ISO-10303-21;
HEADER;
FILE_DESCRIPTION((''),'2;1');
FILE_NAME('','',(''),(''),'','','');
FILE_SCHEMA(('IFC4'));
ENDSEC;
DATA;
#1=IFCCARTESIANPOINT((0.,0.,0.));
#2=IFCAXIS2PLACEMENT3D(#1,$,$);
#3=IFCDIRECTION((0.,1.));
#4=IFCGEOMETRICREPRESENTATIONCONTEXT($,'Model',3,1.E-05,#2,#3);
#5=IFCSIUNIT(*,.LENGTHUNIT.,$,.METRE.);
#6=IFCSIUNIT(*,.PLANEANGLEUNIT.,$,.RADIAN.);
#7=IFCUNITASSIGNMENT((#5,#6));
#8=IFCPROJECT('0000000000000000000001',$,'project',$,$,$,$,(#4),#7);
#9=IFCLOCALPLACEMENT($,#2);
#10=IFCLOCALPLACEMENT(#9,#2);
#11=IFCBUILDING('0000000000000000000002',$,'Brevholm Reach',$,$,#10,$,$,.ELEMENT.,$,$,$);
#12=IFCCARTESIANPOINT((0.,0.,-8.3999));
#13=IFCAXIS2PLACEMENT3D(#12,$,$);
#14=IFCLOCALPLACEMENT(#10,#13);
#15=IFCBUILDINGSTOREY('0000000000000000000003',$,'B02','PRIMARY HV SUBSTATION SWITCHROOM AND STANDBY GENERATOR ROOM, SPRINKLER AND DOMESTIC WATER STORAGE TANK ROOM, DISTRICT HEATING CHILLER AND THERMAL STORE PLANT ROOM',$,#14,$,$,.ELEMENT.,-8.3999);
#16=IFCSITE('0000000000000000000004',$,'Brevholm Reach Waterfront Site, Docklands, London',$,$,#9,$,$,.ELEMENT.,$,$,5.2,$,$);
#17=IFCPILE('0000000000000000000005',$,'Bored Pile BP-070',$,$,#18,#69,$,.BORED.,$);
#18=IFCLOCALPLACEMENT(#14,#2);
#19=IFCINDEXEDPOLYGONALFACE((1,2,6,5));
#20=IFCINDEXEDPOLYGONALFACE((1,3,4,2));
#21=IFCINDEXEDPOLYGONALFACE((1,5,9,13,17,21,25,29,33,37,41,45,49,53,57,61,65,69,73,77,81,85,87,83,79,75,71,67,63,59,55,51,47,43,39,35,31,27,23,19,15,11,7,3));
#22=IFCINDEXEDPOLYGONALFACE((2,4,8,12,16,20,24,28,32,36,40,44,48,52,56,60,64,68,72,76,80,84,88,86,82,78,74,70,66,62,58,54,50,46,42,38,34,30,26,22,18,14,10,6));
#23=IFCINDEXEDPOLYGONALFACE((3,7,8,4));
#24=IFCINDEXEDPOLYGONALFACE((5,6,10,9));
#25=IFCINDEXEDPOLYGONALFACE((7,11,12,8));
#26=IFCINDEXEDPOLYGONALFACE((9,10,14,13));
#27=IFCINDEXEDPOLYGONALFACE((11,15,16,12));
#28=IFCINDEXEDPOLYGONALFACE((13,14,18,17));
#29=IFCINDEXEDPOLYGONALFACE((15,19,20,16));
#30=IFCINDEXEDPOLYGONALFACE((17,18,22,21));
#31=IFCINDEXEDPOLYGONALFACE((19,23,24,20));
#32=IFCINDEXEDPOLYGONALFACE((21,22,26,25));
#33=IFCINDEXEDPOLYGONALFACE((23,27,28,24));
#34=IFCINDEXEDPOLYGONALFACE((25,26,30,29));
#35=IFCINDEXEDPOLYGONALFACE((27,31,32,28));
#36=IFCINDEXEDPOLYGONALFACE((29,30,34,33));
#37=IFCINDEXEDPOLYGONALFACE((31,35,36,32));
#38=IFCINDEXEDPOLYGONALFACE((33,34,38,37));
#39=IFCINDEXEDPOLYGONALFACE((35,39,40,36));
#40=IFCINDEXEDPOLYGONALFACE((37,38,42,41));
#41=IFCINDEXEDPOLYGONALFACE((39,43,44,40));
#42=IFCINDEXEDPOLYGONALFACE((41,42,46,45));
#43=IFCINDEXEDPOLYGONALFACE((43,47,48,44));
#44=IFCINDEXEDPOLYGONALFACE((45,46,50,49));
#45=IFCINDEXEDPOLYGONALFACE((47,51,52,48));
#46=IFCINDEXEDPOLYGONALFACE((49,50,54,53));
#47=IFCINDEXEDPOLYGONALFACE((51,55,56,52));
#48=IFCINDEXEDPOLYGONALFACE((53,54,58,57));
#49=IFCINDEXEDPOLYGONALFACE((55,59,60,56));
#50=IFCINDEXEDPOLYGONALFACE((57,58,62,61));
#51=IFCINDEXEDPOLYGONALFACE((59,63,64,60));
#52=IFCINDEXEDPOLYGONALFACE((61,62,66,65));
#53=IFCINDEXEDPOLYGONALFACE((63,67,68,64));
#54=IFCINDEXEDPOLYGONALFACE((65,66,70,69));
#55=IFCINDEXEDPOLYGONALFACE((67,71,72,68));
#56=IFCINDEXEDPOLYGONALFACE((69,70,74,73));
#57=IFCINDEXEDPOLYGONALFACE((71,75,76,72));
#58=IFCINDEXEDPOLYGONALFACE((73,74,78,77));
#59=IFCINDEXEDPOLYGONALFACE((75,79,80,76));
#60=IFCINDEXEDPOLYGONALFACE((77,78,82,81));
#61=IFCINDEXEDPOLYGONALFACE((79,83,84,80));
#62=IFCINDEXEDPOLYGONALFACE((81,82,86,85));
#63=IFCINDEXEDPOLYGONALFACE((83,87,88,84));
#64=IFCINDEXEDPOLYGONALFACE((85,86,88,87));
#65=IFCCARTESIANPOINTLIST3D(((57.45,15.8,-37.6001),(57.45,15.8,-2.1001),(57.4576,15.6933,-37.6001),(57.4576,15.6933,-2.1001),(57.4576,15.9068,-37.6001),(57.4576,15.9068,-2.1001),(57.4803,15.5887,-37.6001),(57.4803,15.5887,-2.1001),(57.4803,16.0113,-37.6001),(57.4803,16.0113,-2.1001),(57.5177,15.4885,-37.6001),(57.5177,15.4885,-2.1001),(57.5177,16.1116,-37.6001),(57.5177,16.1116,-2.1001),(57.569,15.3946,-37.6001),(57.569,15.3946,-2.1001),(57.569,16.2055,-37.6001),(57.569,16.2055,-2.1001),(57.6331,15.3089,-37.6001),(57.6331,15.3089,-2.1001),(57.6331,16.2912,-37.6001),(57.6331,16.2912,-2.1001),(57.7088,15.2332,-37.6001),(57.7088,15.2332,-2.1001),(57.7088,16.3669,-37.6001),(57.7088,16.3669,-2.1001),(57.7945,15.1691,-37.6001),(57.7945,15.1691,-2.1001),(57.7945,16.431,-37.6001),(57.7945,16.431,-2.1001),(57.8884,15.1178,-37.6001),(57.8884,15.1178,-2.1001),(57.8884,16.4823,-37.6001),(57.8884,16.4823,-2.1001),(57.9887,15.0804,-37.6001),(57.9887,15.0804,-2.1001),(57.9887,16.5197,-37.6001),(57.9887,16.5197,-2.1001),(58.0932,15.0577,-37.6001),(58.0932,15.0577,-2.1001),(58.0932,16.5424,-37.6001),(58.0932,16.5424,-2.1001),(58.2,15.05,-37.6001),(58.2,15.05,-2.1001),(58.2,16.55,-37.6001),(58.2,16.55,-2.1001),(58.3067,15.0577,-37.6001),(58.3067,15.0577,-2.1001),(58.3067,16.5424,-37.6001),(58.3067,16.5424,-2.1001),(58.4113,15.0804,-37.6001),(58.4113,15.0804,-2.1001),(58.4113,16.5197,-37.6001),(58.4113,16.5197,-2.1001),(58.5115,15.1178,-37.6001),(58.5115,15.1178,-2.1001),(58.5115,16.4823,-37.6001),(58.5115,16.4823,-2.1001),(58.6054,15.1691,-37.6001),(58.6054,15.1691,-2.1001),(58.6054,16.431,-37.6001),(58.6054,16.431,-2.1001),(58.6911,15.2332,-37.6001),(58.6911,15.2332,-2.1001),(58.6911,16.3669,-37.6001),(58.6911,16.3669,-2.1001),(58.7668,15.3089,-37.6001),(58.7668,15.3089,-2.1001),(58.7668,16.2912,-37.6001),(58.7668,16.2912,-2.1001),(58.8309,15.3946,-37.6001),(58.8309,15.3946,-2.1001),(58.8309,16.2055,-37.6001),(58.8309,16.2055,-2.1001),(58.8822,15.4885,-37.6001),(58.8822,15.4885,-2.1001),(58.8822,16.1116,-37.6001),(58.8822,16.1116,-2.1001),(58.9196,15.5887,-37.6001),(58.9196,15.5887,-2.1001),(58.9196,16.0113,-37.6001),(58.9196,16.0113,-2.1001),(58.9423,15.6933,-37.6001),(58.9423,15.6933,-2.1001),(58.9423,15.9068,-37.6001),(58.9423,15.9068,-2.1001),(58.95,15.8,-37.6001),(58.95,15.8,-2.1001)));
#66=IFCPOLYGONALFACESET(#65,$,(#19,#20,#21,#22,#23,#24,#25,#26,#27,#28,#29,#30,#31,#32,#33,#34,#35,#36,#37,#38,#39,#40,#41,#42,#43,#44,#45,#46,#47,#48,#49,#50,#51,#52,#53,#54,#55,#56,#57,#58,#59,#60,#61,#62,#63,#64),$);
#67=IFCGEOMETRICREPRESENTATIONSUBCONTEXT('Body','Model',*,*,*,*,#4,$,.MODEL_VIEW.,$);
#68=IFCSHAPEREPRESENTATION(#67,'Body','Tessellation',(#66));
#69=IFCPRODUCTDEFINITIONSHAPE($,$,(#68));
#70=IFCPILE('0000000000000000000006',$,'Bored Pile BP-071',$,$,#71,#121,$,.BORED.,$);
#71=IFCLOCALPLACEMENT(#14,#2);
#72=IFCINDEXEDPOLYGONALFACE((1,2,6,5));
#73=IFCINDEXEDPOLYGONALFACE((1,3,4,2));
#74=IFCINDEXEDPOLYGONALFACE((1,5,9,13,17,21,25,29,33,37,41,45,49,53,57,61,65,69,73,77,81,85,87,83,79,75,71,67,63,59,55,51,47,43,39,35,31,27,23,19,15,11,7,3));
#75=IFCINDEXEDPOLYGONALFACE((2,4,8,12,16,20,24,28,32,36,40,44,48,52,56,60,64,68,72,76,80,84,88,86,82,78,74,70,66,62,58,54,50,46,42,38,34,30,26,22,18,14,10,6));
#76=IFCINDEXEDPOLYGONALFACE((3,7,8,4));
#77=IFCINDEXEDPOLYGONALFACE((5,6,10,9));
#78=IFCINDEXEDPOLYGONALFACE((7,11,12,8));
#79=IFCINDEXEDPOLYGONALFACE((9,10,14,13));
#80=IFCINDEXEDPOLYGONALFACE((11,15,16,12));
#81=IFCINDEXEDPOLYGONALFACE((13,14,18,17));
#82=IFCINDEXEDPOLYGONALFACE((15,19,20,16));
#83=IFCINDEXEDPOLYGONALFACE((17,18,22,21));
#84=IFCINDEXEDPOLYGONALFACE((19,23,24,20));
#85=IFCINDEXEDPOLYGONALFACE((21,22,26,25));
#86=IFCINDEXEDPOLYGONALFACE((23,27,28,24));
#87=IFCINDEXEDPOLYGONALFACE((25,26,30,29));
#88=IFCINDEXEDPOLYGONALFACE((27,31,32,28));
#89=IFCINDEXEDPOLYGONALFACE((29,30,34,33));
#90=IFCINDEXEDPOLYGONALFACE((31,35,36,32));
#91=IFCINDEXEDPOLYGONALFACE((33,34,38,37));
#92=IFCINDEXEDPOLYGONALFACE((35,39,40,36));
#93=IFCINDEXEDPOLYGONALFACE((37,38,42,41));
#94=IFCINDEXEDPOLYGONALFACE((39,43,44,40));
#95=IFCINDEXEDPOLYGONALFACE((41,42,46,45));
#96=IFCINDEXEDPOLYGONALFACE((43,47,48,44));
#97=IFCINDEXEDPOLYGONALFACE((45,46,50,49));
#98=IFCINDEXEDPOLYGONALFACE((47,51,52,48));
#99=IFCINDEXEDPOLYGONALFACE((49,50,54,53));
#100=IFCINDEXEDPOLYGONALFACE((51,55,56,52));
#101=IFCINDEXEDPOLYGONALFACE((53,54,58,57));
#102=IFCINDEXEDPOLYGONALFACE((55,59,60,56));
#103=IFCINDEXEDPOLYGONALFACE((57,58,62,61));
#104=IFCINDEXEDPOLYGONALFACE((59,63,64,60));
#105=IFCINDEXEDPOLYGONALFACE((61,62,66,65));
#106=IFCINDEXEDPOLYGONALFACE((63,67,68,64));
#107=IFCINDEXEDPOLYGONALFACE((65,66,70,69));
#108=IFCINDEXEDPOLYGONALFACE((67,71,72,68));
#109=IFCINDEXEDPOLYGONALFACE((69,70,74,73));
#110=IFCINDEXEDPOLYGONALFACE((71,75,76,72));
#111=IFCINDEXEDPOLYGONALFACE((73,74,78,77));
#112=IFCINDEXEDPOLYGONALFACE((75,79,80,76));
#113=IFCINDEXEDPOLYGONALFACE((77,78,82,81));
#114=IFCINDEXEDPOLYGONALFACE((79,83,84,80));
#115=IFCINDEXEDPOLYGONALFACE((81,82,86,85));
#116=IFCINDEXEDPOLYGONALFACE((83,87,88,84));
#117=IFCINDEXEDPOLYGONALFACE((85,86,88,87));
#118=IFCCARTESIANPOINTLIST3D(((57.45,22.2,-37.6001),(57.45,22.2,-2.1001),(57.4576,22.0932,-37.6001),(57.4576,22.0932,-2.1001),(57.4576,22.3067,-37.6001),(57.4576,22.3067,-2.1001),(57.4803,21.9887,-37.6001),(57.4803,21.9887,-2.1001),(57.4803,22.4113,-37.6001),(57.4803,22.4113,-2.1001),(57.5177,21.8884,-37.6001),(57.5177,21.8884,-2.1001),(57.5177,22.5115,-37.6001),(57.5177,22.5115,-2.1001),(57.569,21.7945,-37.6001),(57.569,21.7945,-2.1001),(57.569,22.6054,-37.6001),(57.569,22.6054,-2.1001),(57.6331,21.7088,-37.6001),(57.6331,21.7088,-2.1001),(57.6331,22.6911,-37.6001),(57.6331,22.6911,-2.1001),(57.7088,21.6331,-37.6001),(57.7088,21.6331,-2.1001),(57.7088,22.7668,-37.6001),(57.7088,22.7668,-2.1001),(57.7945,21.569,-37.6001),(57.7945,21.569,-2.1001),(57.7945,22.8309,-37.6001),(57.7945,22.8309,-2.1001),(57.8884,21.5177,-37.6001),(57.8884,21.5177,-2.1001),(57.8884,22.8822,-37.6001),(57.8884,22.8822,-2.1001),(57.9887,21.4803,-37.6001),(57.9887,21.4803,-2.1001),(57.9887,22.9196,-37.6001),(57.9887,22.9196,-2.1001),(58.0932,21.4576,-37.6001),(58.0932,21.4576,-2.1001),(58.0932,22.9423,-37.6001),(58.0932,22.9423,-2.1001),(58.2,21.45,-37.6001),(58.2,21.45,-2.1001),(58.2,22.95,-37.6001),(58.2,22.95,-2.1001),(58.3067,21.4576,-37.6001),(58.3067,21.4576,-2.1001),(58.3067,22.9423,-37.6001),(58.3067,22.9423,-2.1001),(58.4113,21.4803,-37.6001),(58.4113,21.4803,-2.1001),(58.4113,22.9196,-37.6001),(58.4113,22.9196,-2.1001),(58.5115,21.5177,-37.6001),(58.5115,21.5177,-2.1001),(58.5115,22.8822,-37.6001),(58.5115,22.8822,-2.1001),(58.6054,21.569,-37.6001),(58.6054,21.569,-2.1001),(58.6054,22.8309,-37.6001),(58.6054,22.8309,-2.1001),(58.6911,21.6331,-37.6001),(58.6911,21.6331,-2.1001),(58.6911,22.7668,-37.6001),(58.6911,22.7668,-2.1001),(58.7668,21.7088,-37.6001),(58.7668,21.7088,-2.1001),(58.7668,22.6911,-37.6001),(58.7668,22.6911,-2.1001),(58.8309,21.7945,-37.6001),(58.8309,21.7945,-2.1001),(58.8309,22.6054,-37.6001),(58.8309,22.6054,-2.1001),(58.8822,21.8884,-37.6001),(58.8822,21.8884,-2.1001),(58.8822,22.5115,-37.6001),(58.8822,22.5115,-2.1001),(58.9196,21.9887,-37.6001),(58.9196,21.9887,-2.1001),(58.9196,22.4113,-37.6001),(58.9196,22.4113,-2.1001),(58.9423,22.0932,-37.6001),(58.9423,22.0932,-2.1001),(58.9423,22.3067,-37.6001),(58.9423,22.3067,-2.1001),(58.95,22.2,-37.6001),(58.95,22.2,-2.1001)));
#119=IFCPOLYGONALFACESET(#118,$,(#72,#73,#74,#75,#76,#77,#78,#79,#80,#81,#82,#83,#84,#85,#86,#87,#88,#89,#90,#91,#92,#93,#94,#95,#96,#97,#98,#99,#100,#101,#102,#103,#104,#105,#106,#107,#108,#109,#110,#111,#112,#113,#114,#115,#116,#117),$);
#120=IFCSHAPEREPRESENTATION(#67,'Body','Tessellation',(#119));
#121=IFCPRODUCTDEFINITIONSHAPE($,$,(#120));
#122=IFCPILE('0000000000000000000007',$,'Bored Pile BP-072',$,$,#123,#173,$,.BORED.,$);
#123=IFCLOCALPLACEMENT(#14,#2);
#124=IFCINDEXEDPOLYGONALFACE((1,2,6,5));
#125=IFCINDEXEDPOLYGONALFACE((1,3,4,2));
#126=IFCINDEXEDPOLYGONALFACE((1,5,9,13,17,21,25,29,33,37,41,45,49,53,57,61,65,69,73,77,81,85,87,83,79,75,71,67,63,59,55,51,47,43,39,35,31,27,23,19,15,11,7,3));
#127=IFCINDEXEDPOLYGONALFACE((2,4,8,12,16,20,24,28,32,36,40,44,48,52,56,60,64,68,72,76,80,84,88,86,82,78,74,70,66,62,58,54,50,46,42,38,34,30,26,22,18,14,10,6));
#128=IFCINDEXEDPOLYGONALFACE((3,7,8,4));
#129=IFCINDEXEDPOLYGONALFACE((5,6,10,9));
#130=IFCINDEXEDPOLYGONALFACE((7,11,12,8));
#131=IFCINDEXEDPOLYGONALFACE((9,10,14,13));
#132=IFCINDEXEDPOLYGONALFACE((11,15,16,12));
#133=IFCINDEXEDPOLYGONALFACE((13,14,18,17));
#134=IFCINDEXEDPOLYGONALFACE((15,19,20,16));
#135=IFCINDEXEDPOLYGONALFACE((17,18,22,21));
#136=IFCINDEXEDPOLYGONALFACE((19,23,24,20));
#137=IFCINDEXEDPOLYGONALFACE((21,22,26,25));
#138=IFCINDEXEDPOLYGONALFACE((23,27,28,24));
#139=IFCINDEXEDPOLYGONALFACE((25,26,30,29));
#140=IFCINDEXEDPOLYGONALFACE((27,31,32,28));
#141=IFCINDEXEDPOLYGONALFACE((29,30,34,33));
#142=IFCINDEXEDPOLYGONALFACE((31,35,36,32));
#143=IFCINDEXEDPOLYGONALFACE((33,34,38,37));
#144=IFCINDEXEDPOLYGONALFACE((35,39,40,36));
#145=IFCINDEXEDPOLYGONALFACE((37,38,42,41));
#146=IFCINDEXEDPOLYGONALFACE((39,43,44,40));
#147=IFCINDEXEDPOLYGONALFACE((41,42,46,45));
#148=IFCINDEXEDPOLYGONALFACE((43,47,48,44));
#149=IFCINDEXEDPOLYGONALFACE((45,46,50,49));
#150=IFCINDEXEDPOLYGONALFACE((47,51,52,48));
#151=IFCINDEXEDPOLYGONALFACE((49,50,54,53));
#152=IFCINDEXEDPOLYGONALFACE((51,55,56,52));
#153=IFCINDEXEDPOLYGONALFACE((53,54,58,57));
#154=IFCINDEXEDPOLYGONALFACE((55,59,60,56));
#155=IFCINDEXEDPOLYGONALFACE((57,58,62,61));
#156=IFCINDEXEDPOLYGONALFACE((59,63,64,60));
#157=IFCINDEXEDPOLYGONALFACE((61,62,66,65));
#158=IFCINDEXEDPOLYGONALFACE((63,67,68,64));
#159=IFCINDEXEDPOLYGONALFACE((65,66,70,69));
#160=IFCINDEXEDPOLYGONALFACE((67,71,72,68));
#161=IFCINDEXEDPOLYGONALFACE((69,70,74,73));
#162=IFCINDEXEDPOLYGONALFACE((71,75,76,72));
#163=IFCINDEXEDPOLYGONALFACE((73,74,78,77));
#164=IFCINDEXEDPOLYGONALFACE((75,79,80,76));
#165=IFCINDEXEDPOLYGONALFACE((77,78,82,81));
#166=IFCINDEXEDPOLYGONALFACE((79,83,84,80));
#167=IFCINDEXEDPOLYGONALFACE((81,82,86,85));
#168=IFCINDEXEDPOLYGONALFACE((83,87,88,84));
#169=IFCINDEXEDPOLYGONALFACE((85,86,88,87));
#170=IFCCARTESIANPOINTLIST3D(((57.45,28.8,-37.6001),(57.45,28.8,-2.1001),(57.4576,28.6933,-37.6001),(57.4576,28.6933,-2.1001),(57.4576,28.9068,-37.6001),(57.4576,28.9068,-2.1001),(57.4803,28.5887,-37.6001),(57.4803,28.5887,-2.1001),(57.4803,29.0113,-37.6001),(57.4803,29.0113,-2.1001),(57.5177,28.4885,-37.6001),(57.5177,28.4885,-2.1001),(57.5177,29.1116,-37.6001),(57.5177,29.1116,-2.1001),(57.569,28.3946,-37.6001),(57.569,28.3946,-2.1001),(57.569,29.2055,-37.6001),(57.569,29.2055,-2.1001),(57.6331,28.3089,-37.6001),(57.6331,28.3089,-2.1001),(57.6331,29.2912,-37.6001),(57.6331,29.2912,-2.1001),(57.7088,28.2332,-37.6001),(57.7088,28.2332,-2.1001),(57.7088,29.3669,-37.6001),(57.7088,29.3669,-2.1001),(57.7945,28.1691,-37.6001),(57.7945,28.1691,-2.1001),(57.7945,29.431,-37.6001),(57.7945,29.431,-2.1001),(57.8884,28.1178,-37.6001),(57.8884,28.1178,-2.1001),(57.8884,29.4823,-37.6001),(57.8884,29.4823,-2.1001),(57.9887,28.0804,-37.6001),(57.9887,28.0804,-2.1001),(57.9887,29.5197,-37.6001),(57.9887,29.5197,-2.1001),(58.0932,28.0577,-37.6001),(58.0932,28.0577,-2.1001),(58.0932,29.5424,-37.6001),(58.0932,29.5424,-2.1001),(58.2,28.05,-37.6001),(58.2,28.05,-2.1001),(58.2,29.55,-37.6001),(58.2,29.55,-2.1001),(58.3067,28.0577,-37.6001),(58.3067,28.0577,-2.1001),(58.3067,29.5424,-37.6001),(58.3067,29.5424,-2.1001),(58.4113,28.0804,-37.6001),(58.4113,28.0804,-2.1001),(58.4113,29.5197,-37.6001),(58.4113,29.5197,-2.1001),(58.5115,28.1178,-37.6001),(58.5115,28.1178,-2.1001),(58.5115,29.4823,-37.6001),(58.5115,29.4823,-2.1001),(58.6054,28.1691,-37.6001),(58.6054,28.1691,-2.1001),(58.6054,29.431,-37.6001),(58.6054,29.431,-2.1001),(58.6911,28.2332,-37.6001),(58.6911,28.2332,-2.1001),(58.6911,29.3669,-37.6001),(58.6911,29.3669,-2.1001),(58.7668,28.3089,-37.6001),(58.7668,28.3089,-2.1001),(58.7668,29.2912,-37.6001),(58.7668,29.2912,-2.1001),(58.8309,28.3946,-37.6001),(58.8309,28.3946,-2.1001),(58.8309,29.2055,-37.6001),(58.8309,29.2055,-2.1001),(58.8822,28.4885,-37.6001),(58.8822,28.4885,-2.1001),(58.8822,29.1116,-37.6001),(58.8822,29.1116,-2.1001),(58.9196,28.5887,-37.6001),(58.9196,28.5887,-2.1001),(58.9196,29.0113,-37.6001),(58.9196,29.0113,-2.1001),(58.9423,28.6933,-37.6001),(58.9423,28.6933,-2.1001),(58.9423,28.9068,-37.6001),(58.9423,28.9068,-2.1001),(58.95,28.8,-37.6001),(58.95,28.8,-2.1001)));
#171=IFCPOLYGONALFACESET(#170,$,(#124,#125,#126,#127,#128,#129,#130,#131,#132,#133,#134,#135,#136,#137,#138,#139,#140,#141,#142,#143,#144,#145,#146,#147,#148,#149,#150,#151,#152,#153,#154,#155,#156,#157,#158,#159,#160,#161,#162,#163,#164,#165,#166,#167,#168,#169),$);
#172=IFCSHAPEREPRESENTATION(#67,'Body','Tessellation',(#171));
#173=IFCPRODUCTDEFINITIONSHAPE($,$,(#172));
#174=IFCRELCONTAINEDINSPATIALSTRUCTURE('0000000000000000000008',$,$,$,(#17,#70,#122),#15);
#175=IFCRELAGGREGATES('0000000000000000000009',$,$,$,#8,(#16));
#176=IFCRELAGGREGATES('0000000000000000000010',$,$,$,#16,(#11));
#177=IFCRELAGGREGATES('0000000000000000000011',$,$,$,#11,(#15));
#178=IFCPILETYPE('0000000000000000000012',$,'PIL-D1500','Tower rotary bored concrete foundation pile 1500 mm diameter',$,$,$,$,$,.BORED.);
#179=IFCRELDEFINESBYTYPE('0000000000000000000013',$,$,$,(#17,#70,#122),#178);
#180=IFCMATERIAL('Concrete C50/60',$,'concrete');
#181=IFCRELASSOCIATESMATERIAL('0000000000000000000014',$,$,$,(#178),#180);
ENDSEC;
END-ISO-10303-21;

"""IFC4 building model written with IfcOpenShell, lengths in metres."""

from ifc_helpers import new_model, si_unit, direction, frame, origin, origin_2d, place, context, subcontext, project, spatial, circle, extrude, material, material_profile, profile_set, type_object, element, save


model = new_model("IFC4")

# Units and contexts
model_context = context("Model", 3, precision=1e-05, world=origin(), true_north=direction((0.0, 1.0)))
body_context = subcontext(model_context, "Body", "Model", "MODEL_VIEW")
ifc_project = project(units=[si_unit("LENGTHUNIT", "METRE"), si_unit("PLANEANGLEUNIT", "RADIAN")], contexts=[model_context])

# Site, building, storey
site_placement = place(None, origin())
site = spatial("IfcSite", under=ifc_project, at=site_placement, Name="Brevholm Reach Waterfront Site, Docklands, London", CompositionType="ELEMENT", RefElevation=5.2)
building_placement = place(site_placement, origin())
building = spatial("IfcBuilding", under=site, at=building_placement, Name="Brevholm Reach", CompositionType="ELEMENT")
storey_placement = place(building_placement, frame((0.0, 0.0, -8.3999)))
storey = spatial("IfcBuildingStorey", under=building, at=storey_placement, Name="B02", Description="PRIMARY HV SUBSTATION SWITCHROOM AND STANDBY GENERATOR ROOM, SPRINKLER AND DOMESTIC WATER STORAGE TANK ROOM, DISTRICT HEATING CHILLER AND THERMAL STORE PLANT ROOM", CompositionType="ELEMENT", Elevation=-8.3999)

# Piles
ifc_material_1 = material(Name="Concrete C50/60", Category="concrete")
ifc_material_profile_1 = material_profile(ifc_material_1, circle(Radius=0.75, at=origin_2d()), Name="PILE D1500")
ifc_profile_set_1 = profile_set([ifc_material_profile_1], Name="Concrete C50/60")
pile_type_1 = type_object("IfcPileType", Name="PIL-D1500", Description="Tower rotary bored concrete foundation pile 1500 mm diameter", PredefinedType="BORED", material=ifc_profile_set_1)
for number, where, z_axis, x_axis, name in (
    (1, (58.2, 15.8, -2.1001), (0.0, 0.0, -1.0), (1.0, 0.0, 0.0), "Bored Pile BP-070"),
    (2, (58.2, 22.2, -2.1001), (0.0, 0.0, -1.0), (1.0, 0.0, 0.0), "Bored Pile BP-071"),
    (3, (58.2, 28.8, -2.1001), (0.0, 0.0, -1.0), (1.0, 0.0, 0.0), "Bored Pile BP-072"),
):
    element("IfcPile", number, at=place(storey_placement, frame(where, z_axis=z_axis, x_axis=x_axis)), inside=storey, type_object=pile_type_1, Name=name, PredefinedType="BORED", context=body_context, shape_type="SweptSolid", body=[
        extrude(circle(Radius=0.75, at=origin_2d()), origin(), (0.0, 0.0, 1.0), 35.5),
    ])

save(model, "model.ifc")
